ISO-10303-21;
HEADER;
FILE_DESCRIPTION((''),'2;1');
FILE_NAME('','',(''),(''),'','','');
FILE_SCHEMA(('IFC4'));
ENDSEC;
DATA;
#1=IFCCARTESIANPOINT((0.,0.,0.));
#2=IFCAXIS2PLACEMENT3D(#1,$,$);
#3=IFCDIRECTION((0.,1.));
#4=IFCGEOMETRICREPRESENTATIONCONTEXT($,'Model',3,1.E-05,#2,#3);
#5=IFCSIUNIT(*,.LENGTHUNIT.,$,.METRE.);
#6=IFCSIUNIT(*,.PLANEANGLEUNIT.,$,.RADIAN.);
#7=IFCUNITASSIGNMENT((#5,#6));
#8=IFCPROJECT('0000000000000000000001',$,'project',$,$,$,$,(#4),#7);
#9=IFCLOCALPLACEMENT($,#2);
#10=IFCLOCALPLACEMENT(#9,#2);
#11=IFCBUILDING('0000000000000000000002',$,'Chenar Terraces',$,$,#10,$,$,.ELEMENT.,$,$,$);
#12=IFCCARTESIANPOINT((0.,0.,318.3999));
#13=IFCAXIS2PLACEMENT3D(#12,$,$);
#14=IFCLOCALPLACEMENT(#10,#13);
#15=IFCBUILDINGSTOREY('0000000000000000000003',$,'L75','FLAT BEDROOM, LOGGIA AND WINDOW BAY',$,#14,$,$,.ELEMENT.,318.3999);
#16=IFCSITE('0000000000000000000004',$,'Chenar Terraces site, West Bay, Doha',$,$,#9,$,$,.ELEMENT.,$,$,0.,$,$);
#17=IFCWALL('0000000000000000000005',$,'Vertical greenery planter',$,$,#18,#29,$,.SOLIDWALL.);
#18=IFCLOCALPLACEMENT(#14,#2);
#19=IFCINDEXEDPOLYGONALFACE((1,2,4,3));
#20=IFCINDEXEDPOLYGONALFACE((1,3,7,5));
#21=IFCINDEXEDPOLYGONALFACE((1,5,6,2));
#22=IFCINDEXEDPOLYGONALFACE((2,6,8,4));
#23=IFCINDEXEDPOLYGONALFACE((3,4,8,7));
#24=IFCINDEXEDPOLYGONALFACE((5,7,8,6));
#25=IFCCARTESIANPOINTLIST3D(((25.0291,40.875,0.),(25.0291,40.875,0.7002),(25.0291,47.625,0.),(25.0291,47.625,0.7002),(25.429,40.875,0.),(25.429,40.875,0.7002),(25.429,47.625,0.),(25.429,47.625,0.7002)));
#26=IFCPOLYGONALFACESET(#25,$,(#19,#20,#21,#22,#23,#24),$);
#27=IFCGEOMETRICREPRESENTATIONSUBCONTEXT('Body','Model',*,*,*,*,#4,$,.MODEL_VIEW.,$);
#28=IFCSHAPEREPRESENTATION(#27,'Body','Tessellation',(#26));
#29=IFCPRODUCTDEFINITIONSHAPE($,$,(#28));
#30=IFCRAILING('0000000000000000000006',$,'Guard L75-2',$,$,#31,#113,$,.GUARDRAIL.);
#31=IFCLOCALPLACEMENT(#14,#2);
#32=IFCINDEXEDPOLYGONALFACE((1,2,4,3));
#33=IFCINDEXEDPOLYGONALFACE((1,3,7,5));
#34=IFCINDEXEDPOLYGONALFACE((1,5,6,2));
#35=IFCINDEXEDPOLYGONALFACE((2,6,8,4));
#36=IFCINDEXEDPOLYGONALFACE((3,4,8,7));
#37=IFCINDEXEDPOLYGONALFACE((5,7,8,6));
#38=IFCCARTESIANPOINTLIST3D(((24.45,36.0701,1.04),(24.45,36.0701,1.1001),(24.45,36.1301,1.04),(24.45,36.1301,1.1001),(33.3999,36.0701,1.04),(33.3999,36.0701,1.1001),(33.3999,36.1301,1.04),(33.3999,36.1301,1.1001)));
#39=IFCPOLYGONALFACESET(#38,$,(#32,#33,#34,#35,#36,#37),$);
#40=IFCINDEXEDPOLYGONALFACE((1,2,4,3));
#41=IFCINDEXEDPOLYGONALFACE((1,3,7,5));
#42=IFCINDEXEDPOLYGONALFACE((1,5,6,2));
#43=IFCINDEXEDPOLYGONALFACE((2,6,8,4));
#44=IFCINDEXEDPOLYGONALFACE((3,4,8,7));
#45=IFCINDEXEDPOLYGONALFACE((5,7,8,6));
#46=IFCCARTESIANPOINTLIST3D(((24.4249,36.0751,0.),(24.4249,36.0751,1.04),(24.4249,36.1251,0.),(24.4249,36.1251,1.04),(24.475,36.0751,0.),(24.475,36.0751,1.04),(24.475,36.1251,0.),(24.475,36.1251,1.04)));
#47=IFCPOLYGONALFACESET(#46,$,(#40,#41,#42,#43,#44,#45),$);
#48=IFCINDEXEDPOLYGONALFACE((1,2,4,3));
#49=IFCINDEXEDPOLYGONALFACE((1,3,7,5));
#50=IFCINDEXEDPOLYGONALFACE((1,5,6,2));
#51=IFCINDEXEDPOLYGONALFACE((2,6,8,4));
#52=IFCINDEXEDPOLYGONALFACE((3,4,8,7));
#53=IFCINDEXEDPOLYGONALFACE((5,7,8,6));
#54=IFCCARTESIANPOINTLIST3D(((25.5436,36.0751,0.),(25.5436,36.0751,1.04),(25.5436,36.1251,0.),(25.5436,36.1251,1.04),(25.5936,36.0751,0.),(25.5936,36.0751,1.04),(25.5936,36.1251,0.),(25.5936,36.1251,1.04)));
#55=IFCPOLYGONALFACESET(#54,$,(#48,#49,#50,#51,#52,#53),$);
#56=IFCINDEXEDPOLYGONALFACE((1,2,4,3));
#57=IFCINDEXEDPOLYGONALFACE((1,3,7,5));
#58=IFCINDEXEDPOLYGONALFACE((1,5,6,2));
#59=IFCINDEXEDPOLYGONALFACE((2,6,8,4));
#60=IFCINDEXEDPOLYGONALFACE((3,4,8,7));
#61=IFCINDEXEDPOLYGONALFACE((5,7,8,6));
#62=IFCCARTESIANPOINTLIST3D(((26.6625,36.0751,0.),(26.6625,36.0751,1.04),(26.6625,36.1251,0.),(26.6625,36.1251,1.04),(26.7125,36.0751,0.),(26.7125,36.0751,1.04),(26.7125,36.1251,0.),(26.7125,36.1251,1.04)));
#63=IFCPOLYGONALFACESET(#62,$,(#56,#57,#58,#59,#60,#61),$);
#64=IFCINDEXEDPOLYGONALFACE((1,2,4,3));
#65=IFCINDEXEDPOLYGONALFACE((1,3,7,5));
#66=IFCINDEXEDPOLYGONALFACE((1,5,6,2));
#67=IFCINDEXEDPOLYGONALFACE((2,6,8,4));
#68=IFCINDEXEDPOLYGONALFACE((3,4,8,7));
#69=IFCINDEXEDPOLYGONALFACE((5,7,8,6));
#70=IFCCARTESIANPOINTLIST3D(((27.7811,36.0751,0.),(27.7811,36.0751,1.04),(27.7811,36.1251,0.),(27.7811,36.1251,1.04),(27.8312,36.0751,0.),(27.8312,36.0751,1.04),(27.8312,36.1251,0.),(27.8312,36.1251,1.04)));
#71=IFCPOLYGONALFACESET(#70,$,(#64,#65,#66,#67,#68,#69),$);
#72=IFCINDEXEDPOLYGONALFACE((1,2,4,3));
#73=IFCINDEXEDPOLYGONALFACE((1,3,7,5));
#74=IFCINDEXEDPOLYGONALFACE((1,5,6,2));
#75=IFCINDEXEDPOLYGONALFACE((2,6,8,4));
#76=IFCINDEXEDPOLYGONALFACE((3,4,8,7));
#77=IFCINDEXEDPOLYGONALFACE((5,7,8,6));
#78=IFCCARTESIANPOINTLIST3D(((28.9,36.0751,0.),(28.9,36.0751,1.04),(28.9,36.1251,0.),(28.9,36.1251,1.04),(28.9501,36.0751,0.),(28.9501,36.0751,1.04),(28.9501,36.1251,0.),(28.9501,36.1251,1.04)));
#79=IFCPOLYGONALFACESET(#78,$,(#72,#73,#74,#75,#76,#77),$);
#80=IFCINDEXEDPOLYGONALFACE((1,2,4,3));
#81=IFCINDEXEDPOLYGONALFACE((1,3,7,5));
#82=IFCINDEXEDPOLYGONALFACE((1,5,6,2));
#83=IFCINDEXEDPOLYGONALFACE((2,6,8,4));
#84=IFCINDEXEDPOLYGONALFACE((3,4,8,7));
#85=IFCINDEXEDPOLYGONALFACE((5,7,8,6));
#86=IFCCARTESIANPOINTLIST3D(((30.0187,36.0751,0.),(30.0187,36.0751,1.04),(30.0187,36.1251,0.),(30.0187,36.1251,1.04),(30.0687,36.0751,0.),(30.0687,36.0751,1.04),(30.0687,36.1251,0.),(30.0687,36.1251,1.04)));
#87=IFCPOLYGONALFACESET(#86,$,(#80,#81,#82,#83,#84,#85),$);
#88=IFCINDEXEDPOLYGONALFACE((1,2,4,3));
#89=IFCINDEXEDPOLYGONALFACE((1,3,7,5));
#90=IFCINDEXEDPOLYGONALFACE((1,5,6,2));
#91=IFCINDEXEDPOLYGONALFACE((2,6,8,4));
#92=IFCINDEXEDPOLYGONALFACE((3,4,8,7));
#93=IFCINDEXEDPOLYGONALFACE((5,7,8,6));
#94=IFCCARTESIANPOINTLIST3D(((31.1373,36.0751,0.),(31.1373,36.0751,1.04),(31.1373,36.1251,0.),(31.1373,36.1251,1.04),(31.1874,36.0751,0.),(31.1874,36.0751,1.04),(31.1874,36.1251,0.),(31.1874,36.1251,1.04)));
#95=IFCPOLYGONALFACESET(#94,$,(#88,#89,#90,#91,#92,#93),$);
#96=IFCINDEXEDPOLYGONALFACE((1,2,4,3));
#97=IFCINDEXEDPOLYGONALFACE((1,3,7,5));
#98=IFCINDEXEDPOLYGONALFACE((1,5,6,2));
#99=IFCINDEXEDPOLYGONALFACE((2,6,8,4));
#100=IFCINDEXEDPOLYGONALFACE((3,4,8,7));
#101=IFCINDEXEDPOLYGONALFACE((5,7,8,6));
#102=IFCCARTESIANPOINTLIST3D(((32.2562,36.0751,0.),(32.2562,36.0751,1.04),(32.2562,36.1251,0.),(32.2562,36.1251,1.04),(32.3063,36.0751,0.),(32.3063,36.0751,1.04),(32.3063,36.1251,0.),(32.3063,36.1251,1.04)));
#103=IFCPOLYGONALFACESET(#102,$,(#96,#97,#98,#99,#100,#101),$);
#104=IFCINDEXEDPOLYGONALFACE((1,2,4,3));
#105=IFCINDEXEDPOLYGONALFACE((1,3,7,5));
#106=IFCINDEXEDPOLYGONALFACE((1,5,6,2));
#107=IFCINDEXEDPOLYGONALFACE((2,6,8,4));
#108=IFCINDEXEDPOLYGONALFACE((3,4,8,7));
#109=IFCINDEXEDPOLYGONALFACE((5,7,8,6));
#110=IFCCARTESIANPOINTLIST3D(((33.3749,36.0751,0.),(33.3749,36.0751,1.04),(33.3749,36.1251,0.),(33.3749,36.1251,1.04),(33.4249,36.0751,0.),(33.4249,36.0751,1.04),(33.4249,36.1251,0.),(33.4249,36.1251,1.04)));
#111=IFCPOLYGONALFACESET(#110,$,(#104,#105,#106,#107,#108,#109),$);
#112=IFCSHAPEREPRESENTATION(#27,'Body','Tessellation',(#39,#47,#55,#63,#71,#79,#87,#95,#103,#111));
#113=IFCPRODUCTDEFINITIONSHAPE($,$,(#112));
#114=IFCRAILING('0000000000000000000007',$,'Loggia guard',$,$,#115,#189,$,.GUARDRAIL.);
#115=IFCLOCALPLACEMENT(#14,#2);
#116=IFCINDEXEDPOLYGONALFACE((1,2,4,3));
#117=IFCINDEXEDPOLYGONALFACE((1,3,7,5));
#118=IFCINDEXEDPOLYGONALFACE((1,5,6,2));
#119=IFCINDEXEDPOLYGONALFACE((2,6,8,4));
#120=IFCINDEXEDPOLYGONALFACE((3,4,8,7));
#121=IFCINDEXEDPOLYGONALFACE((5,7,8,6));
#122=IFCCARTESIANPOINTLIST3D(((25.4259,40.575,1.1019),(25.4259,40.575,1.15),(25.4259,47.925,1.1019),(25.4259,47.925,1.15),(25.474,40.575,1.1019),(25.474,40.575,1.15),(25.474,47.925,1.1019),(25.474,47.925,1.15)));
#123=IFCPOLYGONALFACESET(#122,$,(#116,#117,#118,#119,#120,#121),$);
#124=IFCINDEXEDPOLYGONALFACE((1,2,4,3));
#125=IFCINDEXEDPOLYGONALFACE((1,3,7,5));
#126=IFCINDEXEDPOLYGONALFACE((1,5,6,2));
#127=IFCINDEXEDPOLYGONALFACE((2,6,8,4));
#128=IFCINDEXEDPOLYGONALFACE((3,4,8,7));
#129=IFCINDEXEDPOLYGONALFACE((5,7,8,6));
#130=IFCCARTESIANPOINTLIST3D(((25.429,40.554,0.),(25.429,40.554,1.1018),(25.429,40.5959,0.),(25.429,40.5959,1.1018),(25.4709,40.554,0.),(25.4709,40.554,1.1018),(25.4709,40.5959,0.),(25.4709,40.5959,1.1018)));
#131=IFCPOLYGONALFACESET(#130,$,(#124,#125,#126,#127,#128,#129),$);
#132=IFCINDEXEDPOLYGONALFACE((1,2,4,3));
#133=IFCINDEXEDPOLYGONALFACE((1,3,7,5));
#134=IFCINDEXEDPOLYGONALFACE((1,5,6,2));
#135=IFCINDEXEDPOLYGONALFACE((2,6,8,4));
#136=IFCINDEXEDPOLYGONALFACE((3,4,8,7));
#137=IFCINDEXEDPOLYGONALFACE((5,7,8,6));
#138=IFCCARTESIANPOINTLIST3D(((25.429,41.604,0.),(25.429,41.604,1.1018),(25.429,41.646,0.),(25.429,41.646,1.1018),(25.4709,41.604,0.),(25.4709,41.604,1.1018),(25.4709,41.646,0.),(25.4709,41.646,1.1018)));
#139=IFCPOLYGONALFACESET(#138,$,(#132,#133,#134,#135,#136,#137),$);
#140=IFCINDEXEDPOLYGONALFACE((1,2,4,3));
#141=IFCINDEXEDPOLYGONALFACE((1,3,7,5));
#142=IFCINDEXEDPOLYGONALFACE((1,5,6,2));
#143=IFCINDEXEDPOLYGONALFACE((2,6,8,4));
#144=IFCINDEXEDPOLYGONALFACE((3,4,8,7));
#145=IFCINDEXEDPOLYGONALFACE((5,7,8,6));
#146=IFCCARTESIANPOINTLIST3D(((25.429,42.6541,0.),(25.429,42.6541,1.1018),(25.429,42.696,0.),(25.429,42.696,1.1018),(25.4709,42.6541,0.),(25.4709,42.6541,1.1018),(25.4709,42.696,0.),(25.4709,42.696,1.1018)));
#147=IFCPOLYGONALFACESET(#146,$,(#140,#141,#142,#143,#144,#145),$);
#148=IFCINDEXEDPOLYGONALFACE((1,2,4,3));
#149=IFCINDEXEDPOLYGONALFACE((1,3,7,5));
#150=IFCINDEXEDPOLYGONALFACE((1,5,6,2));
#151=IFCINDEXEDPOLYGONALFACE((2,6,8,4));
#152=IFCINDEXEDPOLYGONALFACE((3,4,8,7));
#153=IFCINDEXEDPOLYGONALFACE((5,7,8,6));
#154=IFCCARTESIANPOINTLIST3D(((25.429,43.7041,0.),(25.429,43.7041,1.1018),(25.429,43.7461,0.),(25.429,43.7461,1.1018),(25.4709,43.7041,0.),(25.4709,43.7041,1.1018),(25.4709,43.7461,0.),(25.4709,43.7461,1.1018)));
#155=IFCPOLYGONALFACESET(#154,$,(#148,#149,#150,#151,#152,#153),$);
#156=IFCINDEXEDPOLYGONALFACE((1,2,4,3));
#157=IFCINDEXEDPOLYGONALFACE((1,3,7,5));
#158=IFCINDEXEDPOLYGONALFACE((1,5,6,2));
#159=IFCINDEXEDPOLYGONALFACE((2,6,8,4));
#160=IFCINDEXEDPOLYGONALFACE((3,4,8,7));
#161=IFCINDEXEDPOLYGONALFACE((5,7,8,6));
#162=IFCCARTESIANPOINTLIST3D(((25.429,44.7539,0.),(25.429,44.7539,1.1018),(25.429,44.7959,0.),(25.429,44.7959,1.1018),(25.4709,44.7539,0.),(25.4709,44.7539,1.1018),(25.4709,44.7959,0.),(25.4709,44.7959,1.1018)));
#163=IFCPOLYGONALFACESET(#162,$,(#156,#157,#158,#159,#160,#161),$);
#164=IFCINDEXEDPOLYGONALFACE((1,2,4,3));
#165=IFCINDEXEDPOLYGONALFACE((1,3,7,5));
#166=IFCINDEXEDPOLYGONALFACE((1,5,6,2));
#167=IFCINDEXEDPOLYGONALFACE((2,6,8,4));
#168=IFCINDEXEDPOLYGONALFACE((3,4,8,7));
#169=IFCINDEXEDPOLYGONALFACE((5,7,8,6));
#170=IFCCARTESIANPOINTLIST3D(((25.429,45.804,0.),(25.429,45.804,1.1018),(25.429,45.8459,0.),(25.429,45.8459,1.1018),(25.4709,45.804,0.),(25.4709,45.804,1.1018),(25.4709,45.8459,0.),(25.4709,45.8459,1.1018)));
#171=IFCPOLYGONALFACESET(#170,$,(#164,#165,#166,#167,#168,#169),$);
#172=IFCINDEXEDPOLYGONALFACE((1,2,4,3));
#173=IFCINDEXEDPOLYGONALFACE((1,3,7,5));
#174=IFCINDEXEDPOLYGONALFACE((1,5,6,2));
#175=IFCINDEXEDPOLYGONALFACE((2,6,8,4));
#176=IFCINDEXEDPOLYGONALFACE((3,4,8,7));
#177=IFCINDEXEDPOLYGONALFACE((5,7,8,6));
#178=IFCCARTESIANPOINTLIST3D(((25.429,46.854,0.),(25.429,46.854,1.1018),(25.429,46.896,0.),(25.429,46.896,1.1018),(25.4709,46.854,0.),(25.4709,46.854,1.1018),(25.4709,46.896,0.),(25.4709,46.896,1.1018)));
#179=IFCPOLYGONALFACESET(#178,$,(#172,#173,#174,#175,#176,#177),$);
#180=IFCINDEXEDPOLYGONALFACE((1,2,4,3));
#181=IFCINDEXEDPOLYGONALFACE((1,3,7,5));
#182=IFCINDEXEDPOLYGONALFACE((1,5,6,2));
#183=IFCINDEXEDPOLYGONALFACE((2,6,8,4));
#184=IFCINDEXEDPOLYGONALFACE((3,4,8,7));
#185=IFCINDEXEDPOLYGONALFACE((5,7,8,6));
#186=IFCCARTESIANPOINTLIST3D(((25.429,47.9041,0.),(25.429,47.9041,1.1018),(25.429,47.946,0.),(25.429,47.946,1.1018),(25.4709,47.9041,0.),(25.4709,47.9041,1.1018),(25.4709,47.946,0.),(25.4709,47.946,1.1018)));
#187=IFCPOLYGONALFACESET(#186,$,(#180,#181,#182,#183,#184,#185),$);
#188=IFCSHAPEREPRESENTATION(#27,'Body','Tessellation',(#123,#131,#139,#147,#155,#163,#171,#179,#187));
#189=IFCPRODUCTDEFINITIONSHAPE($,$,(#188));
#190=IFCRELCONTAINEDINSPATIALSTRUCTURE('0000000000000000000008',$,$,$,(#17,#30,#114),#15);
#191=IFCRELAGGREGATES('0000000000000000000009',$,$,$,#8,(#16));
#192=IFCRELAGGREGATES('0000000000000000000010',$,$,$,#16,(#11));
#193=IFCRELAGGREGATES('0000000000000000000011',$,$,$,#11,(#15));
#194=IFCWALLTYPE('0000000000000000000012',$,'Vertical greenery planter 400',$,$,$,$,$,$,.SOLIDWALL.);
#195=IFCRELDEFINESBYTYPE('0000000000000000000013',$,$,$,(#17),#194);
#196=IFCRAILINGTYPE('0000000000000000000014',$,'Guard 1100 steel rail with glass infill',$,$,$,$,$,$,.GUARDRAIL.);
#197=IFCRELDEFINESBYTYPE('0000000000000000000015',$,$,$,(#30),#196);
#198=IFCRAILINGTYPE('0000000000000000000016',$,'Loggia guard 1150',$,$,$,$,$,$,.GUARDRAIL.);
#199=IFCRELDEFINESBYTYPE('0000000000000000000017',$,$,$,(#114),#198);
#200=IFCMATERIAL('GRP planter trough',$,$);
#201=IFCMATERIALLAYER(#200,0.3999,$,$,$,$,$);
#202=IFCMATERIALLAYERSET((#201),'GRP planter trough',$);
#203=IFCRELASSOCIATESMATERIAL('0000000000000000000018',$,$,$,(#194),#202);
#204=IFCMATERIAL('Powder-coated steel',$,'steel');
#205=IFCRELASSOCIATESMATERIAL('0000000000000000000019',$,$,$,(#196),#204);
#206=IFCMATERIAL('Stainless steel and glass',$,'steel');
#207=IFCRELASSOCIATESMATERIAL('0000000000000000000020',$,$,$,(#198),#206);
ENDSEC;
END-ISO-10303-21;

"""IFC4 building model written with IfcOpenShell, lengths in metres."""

from ifc_helpers import new_model, si_unit, direction, frame, frame_2d, origin, origin_2d, place, context, subcontext, project, spatial, rectangle, extrude, material, layer, layer_set, type_object, element, save


model = new_model("IFC4")

# Units and contexts
model_context = context("Model", 3, precision=1e-05, world=origin(), true_north=direction((0.0, 1.0)))
body_context = subcontext(model_context, "Body", "Model", "MODEL_VIEW")
ifc_project = project(units=[si_unit("LENGTHUNIT", "METRE"), si_unit("PLANEANGLEUNIT", "RADIAN")], contexts=[model_context])

# Site, building, storey
site_placement = place(None, origin())
site = spatial("IfcSite", under=ifc_project, at=site_placement, Name="Chenar Terraces site, West Bay, Doha", CompositionType="ELEMENT", RefElevation=0.0)
building_placement = place(site_placement, origin())
building = spatial("IfcBuilding", under=site, at=building_placement, Name="Chenar Terraces", CompositionType="ELEMENT")
storey_placement = place(building_placement, frame((0.0, 0.0, 318.3999)))
storey = spatial("IfcBuildingStorey", under=building, at=storey_placement, Name="L75", Description="FLAT BEDROOM, LOGGIA AND WINDOW BAY", CompositionType="ELEMENT", Elevation=318.3999)

# Wall
ifc_material_1 = material(Name="GRP planter trough")
ifc_layer_1 = layer(ifc_material_1, 0.3999)
ifc_layer_set_1 = layer_set([ifc_layer_1], Name="GRP planter trough")
wall_type_1 = type_object("IfcWallType", Name="Vertical greenery planter 400", PredefinedType="SOLIDWALL", material=ifc_layer_set_1)
wall_1_placement = place(storey_placement, frame((25.229, 40.875, 0.0), z_axis=(0.0, 0.0, 1.0), x_axis=(0.0, 1.0, 0.0)))
element("IfcWall", 1, at=wall_1_placement, inside=storey, type_object=wall_type_1, Name="Vertical greenery planter", PredefinedType="SOLIDWALL", context=body_context, shape_type="SweptSolid", body=[
    extrude(rectangle(XDim=6.75, YDim=0.3999, at=frame_2d((3.375, 0.0))), origin(), (0.0, 0.0, 1.0), 0.7002),
])

# Railings
ifc_material_2 = material(Name="Powder-coated steel", Category="steel")
railing_type_1 = type_object("IfcRailingType", Name="Guard 1100 steel rail with glass infill", PredefinedType="GUARDRAIL", material=ifc_material_2)
railing_1_placement = place(storey_placement, frame((24.45, 36.1001, 0.0)))
element("IfcRailing", 2, at=railing_1_placement, inside=storey, type_object=railing_type_1, Name="Guard L75-2", PredefinedType="GUARDRAIL", context=body_context, shape_type="SweptSolid", body=[
    extrude(rectangle(XDim=0.0601, YDim=0.0601, at=origin_2d()), frame((0.0, 0.0, 1.0701), z_axis=(1.0, 0.0, 0.0), x_axis=(0.0, 1.0, 0.0)), (0.0, 0.0, 1.0), 8.95),
    extrude(rectangle(XDim=0.05, YDim=0.05, at=origin_2d()), origin(), (0.0, 0.0, 1.0), 1.04),
    extrude(rectangle(XDim=0.05, YDim=0.05, at=origin_2d()), frame((1.1187, 0.0, 0.0)), (0.0, 0.0, 1.0), 1.04),
    extrude(rectangle(XDim=0.05, YDim=0.05, at=origin_2d()), frame((2.2375, 0.0, 0.0)), (0.0, 0.0, 1.0), 1.04),
    extrude(rectangle(XDim=0.05, YDim=0.05, at=origin_2d()), frame((3.3562, 0.0, 0.0)), (0.0, 0.0, 1.0), 1.04),
    extrude(rectangle(XDim=0.05, YDim=0.05, at=origin_2d()), frame((4.4751, 0.0, 0.0)), (0.0, 0.0, 1.0), 1.04),
    extrude(rectangle(XDim=0.05, YDim=0.05, at=origin_2d()), frame((5.5938, 0.0, 0.0)), (0.0, 0.0, 1.0), 1.04),
    extrude(rectangle(XDim=0.05, YDim=0.05, at=origin_2d()), frame((6.7124, 0.0, 0.0)), (0.0, 0.0, 1.0), 1.04),
    extrude(rectangle(XDim=0.05, YDim=0.05, at=origin_2d()), frame((7.8313, 0.0, 0.0)), (0.0, 0.0, 1.0), 1.04),
    extrude(rectangle(XDim=0.05, YDim=0.05, at=origin_2d()), frame((8.95, 0.0, 0.0)), (0.0, 0.0, 1.0), 1.04),
])
ifc_material_3 = material(Name="Stainless steel and glass", Category="steel")
railing_type_2 = type_object("IfcRailingType", Name="Loggia guard 1150", PredefinedType="GUARDRAIL", material=ifc_material_3)
railing_2_placement = place(storey_placement, frame((25.45, 40.575, 0.0)))
element("IfcRailing", 3, at=railing_2_placement, inside=storey, type_object=railing_type_2, Name="Loggia guard", PredefinedType="GUARDRAIL", context=body_context, shape_type="SweptSolid", body=[
    extrude(rectangle(XDim=0.0481, YDim=0.0481, at=origin_2d()), frame((0.0, 0.0, 1.126), z_axis=(0.0, 1.0, 0.0), x_axis=(-1.0, 0.0, 0.0)), (0.0, 0.0, 1.0), 7.3501),
    extrude(rectangle(XDim=0.042, YDim=0.042, at=origin_2d()), origin(), (0.0, 0.0, 1.0), 1.1018),
    extrude(rectangle(XDim=0.042, YDim=0.042, at=origin_2d()), frame((0.0, 1.05, 0.0)), (0.0, 0.0, 1.0), 1.1018),
    extrude(rectangle(XDim=0.042, YDim=0.042, at=origin_2d()), frame((0.0, 2.1001, 0.0)), (0.0, 0.0, 1.0), 1.1018),
    extrude(rectangle(XDim=0.042, YDim=0.042, at=origin_2d()), frame((0.0, 3.1501, 0.0)), (0.0, 0.0, 1.0), 1.1018),
    extrude(rectangle(XDim=0.042, YDim=0.042, at=origin_2d()), frame((0.0, 4.2, 0.0)), (0.0, 0.0, 1.0), 1.1018),
    extrude(rectangle(XDim=0.042, YDim=0.042, at=origin_2d()), frame((0.0, 5.25, 0.0)), (0.0, 0.0, 1.0), 1.1018),
    extrude(rectangle(XDim=0.042, YDim=0.042, at=origin_2d()), frame((0.0, 6.3, 0.0)), (0.0, 0.0, 1.0), 1.1018),
    extrude(rectangle(XDim=0.042, YDim=0.042, at=origin_2d()), frame((0.0, 7.3501, 0.0)), (0.0, 0.0, 1.0), 1.1018),
])

save(model, "model.ifc")
